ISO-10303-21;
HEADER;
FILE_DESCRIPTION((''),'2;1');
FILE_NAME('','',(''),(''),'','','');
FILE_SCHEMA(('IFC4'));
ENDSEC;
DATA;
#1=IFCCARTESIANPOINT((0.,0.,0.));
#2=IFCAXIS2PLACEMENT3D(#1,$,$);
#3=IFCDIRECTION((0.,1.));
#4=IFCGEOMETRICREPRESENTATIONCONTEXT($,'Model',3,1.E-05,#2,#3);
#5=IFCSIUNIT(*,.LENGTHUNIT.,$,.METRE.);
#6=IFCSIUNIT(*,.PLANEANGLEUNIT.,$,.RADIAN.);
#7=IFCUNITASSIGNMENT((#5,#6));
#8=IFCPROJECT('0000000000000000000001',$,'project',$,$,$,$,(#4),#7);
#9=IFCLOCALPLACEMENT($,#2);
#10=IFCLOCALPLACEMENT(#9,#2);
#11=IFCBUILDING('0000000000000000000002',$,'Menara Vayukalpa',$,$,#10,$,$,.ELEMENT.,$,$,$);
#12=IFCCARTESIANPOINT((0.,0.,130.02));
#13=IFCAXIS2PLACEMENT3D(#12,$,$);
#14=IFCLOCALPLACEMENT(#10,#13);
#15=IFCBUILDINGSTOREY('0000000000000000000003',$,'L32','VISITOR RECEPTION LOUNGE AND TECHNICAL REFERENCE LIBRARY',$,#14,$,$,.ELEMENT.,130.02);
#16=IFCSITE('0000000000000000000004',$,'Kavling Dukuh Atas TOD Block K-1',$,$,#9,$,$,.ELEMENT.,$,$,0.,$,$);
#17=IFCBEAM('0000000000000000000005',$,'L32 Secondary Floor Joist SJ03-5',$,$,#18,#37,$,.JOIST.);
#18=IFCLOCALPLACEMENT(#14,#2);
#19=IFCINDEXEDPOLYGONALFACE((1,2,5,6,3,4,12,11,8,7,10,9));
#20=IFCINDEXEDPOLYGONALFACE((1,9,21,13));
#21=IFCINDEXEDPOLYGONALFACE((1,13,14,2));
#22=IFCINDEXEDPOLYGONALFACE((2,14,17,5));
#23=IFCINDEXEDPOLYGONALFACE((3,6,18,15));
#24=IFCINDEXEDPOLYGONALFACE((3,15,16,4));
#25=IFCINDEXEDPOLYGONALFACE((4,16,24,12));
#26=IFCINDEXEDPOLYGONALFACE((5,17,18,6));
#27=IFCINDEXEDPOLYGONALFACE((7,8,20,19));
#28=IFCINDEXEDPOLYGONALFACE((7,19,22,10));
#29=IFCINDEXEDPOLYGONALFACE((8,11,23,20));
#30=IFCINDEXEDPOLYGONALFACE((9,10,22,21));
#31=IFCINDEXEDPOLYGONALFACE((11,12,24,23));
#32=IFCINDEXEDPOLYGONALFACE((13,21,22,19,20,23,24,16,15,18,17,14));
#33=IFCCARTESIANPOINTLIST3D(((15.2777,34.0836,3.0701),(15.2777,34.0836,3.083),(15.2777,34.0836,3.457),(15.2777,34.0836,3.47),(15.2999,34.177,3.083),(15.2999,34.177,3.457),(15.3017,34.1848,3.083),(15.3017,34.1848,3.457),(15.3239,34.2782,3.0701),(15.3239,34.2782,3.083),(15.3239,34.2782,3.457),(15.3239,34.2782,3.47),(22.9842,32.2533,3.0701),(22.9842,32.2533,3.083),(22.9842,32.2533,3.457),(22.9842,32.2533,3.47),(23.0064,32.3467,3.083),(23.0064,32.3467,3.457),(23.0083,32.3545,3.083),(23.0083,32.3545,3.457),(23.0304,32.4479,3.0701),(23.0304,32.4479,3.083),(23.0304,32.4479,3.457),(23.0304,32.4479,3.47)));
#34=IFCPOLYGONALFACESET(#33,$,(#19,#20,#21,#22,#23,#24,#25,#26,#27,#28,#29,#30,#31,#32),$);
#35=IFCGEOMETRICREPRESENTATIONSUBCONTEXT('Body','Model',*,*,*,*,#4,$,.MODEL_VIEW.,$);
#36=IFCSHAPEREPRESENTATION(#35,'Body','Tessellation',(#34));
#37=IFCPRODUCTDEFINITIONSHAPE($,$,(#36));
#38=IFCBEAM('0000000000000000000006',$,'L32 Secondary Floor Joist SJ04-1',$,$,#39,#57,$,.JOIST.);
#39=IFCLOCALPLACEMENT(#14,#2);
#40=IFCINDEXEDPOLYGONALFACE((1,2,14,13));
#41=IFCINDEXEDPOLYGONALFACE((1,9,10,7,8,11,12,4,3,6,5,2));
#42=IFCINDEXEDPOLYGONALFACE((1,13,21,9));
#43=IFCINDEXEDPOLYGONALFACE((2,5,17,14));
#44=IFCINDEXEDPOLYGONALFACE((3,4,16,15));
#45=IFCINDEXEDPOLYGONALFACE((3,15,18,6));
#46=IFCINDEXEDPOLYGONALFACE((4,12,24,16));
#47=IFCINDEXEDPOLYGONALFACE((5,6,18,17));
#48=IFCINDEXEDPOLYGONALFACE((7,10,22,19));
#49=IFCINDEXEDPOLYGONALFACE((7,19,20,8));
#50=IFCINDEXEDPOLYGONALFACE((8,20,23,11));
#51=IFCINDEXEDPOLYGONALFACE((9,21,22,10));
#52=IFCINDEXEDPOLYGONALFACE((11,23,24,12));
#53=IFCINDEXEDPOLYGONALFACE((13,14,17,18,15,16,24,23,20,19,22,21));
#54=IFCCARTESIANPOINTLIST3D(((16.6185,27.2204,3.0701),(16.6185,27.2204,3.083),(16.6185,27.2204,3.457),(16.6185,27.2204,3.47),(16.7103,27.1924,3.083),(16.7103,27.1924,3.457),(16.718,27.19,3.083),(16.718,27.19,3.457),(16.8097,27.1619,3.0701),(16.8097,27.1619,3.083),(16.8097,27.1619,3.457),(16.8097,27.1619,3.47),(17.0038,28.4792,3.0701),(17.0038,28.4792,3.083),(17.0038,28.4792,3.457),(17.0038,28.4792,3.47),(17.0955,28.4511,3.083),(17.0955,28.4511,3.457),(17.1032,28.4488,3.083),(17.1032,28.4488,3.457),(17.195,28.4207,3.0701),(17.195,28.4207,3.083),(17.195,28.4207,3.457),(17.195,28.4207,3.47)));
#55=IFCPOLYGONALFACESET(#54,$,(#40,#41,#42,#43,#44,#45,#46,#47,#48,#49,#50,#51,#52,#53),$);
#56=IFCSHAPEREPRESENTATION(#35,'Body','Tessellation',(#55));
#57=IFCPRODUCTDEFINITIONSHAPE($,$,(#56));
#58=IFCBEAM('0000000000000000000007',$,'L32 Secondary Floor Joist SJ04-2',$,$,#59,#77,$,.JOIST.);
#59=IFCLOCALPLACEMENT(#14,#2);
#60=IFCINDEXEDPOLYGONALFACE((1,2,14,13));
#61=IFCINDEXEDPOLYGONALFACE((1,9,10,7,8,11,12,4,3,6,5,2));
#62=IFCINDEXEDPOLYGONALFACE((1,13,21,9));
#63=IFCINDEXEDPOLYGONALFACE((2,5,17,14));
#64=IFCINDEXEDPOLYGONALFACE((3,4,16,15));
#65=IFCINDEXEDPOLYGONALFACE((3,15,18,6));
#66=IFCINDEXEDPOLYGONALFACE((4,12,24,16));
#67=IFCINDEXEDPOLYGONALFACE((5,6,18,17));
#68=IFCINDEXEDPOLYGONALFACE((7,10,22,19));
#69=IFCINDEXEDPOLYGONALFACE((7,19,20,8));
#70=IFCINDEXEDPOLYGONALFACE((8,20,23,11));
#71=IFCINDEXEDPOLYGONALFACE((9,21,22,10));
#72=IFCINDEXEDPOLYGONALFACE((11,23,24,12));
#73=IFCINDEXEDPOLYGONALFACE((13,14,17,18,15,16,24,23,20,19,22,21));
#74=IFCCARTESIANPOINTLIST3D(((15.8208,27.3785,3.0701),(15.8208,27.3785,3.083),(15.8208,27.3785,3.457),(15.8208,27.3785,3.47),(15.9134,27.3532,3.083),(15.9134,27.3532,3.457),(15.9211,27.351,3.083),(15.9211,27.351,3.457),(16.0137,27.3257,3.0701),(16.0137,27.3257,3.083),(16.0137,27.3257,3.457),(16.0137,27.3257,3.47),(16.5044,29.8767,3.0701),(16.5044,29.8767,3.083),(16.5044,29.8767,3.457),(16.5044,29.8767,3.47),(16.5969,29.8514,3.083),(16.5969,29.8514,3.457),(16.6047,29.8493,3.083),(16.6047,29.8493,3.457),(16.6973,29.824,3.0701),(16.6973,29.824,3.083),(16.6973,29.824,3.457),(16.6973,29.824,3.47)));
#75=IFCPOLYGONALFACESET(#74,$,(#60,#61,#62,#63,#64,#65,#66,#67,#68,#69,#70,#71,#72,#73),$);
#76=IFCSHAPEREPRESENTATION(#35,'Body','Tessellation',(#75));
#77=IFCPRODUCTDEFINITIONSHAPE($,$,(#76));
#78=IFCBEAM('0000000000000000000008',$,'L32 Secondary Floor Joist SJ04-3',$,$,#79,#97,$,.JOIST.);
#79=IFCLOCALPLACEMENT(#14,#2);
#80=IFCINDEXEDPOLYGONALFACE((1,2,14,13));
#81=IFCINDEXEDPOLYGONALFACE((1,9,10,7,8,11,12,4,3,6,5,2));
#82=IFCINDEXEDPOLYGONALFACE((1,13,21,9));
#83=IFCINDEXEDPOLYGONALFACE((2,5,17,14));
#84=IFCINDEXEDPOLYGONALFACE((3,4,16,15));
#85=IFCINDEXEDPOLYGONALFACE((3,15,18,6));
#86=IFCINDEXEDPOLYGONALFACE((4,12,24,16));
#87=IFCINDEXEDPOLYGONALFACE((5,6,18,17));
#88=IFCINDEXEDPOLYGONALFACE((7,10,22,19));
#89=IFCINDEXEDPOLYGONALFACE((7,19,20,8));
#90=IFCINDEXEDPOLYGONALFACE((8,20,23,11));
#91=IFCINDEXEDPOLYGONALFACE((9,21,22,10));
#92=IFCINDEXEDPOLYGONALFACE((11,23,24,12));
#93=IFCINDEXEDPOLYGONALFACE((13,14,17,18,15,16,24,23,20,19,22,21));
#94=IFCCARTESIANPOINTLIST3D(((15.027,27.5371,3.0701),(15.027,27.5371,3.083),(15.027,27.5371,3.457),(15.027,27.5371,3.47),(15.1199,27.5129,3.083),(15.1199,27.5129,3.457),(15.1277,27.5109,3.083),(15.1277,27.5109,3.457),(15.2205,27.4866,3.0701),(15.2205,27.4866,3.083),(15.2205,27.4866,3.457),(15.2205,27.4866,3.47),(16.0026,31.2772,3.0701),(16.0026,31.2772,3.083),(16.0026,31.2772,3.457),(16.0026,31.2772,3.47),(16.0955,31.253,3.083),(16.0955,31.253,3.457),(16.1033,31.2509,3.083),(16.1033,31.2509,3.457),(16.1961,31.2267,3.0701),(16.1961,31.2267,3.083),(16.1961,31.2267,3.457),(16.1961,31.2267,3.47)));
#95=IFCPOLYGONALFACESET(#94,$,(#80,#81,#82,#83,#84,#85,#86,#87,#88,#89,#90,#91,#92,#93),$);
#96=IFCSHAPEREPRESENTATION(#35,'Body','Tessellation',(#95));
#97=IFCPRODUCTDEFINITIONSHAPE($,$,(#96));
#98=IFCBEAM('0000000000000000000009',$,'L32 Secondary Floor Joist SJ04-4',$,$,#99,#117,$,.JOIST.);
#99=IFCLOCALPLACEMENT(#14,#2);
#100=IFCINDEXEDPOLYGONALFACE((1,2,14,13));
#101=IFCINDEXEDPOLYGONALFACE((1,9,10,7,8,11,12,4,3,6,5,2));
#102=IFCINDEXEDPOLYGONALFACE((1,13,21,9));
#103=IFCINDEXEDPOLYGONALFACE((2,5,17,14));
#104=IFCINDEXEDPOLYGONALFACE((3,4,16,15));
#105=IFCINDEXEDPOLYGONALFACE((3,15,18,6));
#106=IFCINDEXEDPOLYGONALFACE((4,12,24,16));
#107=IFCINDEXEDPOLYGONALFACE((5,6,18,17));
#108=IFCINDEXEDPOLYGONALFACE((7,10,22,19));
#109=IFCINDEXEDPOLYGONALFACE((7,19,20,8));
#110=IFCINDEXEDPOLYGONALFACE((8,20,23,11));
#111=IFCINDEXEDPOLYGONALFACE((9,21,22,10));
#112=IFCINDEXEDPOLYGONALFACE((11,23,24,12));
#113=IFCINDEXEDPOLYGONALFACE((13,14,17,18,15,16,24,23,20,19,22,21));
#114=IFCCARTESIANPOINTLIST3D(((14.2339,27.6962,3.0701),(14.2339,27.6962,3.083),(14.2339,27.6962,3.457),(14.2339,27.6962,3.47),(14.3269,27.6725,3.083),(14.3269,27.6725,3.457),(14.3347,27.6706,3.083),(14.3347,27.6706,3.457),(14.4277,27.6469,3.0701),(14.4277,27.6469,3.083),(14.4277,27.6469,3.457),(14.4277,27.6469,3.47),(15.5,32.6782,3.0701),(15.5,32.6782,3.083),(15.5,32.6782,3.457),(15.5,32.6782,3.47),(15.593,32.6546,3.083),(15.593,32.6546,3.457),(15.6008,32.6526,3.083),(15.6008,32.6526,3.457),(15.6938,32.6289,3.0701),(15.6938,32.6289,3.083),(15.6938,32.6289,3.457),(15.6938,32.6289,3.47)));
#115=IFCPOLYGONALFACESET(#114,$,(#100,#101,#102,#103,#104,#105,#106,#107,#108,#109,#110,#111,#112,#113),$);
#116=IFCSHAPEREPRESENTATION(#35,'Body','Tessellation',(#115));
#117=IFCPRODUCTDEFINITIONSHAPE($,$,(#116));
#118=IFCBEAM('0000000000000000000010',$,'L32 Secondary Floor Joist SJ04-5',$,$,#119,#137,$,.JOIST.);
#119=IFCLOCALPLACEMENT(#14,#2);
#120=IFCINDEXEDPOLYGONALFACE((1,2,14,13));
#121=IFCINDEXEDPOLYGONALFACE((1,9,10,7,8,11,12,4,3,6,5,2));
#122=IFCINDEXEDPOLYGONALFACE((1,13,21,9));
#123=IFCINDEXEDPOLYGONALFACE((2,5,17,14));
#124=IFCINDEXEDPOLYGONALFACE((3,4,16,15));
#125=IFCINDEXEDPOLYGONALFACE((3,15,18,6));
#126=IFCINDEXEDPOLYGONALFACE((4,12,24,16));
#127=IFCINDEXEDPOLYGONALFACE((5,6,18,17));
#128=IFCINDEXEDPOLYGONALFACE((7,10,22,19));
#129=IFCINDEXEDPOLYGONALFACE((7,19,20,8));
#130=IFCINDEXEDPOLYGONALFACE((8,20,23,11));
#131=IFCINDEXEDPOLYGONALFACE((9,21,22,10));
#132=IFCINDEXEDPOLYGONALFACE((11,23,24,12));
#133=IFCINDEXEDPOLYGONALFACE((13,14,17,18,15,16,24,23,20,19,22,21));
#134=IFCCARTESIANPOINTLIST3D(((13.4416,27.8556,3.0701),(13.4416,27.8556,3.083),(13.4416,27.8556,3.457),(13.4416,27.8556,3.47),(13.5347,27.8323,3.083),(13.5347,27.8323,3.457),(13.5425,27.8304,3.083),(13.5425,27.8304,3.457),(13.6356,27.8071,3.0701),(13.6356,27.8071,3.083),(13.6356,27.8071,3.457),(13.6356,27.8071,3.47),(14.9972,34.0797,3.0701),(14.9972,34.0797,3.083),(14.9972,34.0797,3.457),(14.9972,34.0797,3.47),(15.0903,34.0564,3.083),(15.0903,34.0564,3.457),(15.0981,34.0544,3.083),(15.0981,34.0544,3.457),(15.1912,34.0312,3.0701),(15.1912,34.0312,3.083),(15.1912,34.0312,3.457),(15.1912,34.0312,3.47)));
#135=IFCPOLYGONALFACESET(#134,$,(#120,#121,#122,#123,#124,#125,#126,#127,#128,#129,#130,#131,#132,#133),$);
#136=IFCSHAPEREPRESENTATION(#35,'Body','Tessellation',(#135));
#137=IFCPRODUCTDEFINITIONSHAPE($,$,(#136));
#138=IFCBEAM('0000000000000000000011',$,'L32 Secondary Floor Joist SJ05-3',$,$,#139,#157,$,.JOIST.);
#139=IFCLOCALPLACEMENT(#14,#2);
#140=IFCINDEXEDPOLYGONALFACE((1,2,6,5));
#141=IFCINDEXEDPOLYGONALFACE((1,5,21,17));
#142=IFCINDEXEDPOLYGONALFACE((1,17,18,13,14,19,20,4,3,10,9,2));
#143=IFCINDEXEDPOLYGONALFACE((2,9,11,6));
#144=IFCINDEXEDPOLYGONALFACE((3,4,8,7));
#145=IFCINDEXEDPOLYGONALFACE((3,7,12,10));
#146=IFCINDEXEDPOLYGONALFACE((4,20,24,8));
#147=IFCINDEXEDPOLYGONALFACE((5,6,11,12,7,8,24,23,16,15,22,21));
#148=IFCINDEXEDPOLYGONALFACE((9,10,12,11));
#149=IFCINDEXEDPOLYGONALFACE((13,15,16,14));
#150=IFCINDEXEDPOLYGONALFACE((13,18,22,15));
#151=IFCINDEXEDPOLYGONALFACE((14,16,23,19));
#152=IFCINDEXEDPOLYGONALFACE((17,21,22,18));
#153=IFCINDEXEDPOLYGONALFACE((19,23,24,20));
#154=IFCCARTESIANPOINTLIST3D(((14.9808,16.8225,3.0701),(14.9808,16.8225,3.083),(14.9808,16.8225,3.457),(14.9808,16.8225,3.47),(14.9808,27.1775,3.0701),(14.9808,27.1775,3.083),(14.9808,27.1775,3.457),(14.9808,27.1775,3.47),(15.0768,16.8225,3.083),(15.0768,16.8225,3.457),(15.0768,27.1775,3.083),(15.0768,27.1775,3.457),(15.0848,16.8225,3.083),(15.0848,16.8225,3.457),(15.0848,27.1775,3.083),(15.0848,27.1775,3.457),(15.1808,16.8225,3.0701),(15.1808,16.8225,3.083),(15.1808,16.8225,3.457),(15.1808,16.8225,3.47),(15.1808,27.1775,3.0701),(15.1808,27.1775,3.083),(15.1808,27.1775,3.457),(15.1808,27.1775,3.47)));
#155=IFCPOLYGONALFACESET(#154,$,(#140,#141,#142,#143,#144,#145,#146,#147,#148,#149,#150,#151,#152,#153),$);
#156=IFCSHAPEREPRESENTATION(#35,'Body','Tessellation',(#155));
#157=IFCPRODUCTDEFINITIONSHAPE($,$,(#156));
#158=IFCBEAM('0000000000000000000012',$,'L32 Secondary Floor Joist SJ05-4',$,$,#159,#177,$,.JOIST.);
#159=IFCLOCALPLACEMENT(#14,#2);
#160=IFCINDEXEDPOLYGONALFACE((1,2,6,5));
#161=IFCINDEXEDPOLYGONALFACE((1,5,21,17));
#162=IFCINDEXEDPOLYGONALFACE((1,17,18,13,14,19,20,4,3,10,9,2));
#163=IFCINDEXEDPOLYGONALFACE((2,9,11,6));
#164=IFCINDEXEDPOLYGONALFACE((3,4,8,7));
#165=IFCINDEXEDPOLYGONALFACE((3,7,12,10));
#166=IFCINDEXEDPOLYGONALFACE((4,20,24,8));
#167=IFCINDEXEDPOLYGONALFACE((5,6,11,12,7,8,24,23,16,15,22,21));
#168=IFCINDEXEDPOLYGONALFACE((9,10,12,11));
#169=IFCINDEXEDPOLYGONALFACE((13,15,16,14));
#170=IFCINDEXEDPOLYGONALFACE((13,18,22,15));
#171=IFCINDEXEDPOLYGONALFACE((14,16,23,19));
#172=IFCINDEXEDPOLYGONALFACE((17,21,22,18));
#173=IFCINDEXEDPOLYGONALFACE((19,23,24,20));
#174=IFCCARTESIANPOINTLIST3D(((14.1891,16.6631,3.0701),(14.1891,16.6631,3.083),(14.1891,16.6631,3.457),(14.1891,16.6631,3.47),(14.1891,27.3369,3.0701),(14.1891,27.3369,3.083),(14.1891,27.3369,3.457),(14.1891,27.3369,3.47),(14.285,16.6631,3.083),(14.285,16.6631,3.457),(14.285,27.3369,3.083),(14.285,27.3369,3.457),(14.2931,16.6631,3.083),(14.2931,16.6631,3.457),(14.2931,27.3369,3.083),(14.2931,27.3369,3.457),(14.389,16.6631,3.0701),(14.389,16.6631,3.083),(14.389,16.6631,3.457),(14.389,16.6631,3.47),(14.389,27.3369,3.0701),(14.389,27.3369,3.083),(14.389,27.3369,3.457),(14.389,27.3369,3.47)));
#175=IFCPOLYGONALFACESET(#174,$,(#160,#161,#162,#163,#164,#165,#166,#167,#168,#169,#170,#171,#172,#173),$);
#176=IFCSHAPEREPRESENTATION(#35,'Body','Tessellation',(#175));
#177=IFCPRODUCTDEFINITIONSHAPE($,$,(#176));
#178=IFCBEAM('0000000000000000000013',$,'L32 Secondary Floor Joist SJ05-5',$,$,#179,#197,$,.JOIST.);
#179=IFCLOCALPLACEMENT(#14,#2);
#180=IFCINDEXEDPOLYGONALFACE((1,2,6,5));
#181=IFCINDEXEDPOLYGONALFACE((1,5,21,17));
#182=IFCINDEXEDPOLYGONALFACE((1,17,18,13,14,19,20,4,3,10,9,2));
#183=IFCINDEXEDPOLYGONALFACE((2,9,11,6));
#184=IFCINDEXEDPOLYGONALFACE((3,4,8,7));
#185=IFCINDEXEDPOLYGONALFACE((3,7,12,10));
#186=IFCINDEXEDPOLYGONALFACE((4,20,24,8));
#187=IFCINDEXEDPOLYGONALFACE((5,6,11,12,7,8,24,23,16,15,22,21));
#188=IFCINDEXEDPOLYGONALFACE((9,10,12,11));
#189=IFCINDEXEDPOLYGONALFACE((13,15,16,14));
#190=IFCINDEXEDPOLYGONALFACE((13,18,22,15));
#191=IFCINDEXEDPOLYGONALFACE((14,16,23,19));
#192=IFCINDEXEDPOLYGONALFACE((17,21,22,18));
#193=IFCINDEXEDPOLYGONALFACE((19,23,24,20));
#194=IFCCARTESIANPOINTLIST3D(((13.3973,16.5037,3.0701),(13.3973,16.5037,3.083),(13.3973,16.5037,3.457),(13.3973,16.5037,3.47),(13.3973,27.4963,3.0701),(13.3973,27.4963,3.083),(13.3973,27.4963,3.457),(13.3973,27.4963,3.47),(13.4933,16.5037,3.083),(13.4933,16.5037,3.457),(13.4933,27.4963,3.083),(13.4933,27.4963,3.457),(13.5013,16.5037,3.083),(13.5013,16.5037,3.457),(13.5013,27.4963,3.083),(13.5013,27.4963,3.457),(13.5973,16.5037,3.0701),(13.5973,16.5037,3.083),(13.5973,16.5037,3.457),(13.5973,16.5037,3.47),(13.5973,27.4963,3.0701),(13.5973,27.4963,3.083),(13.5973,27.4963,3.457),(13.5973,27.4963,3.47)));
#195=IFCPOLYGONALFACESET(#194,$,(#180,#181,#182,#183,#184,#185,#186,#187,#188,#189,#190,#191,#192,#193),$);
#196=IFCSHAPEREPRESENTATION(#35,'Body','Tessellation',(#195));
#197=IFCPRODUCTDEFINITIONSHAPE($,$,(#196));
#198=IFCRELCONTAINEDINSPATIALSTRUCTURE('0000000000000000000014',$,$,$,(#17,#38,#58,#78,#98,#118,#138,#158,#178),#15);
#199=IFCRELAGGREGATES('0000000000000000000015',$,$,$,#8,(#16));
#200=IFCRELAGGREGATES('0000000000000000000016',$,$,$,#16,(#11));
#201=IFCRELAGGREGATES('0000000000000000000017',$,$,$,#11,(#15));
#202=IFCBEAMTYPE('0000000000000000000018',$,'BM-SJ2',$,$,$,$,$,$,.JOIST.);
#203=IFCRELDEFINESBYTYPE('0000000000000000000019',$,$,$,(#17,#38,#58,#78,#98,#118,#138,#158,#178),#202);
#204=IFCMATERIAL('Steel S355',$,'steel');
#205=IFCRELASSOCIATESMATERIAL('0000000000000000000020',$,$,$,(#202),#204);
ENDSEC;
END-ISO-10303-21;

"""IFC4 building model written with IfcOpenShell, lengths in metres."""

from ifc_helpers import new_model, si_unit, direction, frame, origin, origin_2d, place, context, subcontext, project, spatial, i_section, extrude, material, material_profile, profile_set, type_object, element, save


model = new_model("IFC4")

# Units and contexts
model_context = context("Model", 3, precision=1e-05, world=origin(), true_north=direction((0.0, 1.0)))
body_context = subcontext(model_context, "Body", "Model", "MODEL_VIEW")
ifc_project = project(units=[si_unit("LENGTHUNIT", "METRE"), si_unit("PLANEANGLEUNIT", "RADIAN")], contexts=[model_context])

# Site, building, storey
site_placement = place(None, origin())
site = spatial("IfcSite", under=ifc_project, at=site_placement, Name="Kavling Dukuh Atas TOD Block K-1", CompositionType="ELEMENT", RefElevation=0.0)
building_placement = place(site_placement, origin())
building = spatial("IfcBuilding", under=site, at=building_placement, Name="Menara Vayukalpa", CompositionType="ELEMENT")
storey_placement = place(building_placement, frame((0.0, 0.0, 130.02)))
storey = spatial("IfcBuildingStorey", under=building, at=storey_placement, Name="L32", Description="VISITOR RECEPTION LOUNGE AND TECHNICAL REFERENCE LIBRARY", CompositionType="ELEMENT", Elevation=130.02)

# Beams
ifc_material_1 = material(Name="Steel S355", Category="steel")
ifc_material_profile_1 = material_profile(ifc_material_1, i_section(OverallWidth=0.2, OverallDepth=0.3999, WebThickness=0.0081, FlangeThickness=0.0129, at=origin_2d()), Name="WF 400x200x8x13")
ifc_profile_set_1 = profile_set([ifc_material_profile_1], Name="Steel S355")
beam_type_1 = type_object("IfcBeamType", Name="BM-SJ2", PredefinedType="JOIST", material=ifc_profile_set_1)
beam_1_placement = place(storey_placement, frame((23.0073, 32.3506, 3.27), z_axis=(-0.972936, 0.231075, 0.0), x_axis=(-0.231075, -0.972936, 0.0)))
element("IfcBeam", 1, at=beam_1_placement, inside=storey, type_object=beam_type_1, Name="L32 Secondary Floor Joist SJ03-5", PredefinedType="JOIST", context=body_context, shape_type="SweptSolid", body=[
    extrude(i_section(OverallWidth=0.2, OverallDepth=0.3999, WebThickness=0.0081, FlangeThickness=0.0129, at=origin_2d()), origin(), (0.0, 0.0, 1.0), 7.9209),
])
beam_2_placement = place(storey_placement, frame((17.0994, 28.45, 3.27), z_axis=(-0.292652, -0.956219, 0.0), x_axis=(0.956219, -0.292652, 0.0)))
element("IfcBeam", 2, at=beam_2_placement, inside=storey, type_object=beam_type_1, Name="L32 Secondary Floor Joist SJ04-1", PredefinedType="JOIST", context=body_context, shape_type="SweptSolid", body=[
    extrude(i_section(OverallWidth=0.2, OverallDepth=0.3999, WebThickness=0.0081, FlangeThickness=0.0129, at=origin_2d()), origin(), (0.0, 0.0, 1.0), 1.3164),
])
beam_3_placement = place(storey_placement, frame((16.6008, 29.8503, 3.27), z_axis=(-0.263923, -0.964544, 0.0), x_axis=(0.964544, -0.263923, 0.0)))
element("IfcBeam", 3, at=beam_3_placement, inside=storey, type_object=beam_type_1, Name="L32 Secondary Floor Joist SJ04-2", PredefinedType="JOIST", context=body_context, shape_type="SweptSolid", body=[
    extrude(i_section(OverallWidth=0.2, OverallDepth=0.3999, WebThickness=0.0081, FlangeThickness=0.0129, at=origin_2d()), origin(), (0.0, 0.0, 1.0), 2.5901),
])
beam_4_placement = place(storey_placement, frame((16.0994, 31.252, 3.27), z_axis=(-0.252406, -0.967621, 0.0), x_axis=(0.967621, -0.252406, 0.0)))
element("IfcBeam", 4, at=beam_4_placement, inside=storey, type_object=beam_type_1, Name="L32 Secondary Floor Joist SJ04-3", PredefinedType="JOIST", context=body_context, shape_type="SweptSolid", body=[
    extrude(i_section(OverallWidth=0.2, OverallDepth=0.3999, WebThickness=0.0081, FlangeThickness=0.0129, at=origin_2d()), origin(), (0.0, 0.0, 1.0), 3.8652),
])
beam_5_placement = place(storey_placement, frame((15.5969, 32.6536, 3.27), z_axis=(-0.246311, -0.969191, 0.0), x_axis=(0.969191, -0.246311, 0.0)))
element("IfcBeam", 5, at=beam_5_placement, inside=storey, type_object=beam_type_1, Name="L32 Secondary Floor Joist SJ04-4", PredefinedType="JOIST", context=body_context, shape_type="SweptSolid", body=[
    extrude(i_section(OverallWidth=0.2, OverallDepth=0.3999, WebThickness=0.0081, FlangeThickness=0.0129, at=origin_2d()), origin(), (0.0, 0.0, 1.0), 5.1404),
])
beam_6_placement = place(storey_placement, frame((15.0942, 34.0554, 3.27), z_axis=(-0.242482, -0.970156, 0.0), x_axis=(0.970156, -0.242482, 0.0)))
element("IfcBeam", 6, at=beam_6_placement, inside=storey, type_object=beam_type_1, Name="L32 Secondary Floor Joist SJ04-5", PredefinedType="JOIST", context=body_context, shape_type="SweptSolid", body=[
    extrude(i_section(OverallWidth=0.2, OverallDepth=0.3999, WebThickness=0.0081, FlangeThickness=0.0129, at=origin_2d()), origin(), (0.0, 0.0, 1.0), 6.4155),
])
beam_7_placement = place(storey_placement, frame((15.0808, 27.1775, 3.27), z_axis=(0.0, -1.0, 0.0), x_axis=(1.0, 0.0, 0.0)))
element("IfcBeam", 7, at=beam_7_placement, inside=storey, type_object=beam_type_1, Name="L32 Secondary Floor Joist SJ05-3", PredefinedType="JOIST", context=body_context, shape_type="SweptSolid", body=[
    extrude(i_section(OverallWidth=0.2, OverallDepth=0.3999, WebThickness=0.0081, FlangeThickness=0.0129, at=origin_2d()), origin(), (0.0, 0.0, 1.0), 10.355),
])
beam_8_placement = place(storey_placement, frame((14.2891, 27.3369, 3.27), z_axis=(0.0, -1.0, 0.0), x_axis=(1.0, 0.0, 0.0)))
element("IfcBeam", 8, at=beam_8_placement, inside=storey, type_object=beam_type_1, Name="L32 Secondary Floor Joist SJ05-4", PredefinedType="JOIST", context=body_context, shape_type="SweptSolid", body=[
    extrude(i_section(OverallWidth=0.2, OverallDepth=0.3999, WebThickness=0.0081, FlangeThickness=0.0129, at=origin_2d()), origin(), (0.0, 0.0, 1.0), 10.6738),
])
beam_9_placement = place(storey_placement, frame((13.4973, 27.4963, 3.27), z_axis=(0.0, -1.0, 0.0), x_axis=(1.0, 0.0, 0.0)))
element("IfcBeam", 9, at=beam_9_placement, inside=storey, type_object=beam_type_1, Name="L32 Secondary Floor Joist SJ05-5", PredefinedType="JOIST", context=body_context, shape_type="SweptSolid", body=[
    extrude(i_section(OverallWidth=0.2, OverallDepth=0.3999, WebThickness=0.0081, FlangeThickness=0.0129, at=origin_2d()), origin(), (0.0, 0.0, 1.0), 10.9927),
])

save(model, "model.ifc")
